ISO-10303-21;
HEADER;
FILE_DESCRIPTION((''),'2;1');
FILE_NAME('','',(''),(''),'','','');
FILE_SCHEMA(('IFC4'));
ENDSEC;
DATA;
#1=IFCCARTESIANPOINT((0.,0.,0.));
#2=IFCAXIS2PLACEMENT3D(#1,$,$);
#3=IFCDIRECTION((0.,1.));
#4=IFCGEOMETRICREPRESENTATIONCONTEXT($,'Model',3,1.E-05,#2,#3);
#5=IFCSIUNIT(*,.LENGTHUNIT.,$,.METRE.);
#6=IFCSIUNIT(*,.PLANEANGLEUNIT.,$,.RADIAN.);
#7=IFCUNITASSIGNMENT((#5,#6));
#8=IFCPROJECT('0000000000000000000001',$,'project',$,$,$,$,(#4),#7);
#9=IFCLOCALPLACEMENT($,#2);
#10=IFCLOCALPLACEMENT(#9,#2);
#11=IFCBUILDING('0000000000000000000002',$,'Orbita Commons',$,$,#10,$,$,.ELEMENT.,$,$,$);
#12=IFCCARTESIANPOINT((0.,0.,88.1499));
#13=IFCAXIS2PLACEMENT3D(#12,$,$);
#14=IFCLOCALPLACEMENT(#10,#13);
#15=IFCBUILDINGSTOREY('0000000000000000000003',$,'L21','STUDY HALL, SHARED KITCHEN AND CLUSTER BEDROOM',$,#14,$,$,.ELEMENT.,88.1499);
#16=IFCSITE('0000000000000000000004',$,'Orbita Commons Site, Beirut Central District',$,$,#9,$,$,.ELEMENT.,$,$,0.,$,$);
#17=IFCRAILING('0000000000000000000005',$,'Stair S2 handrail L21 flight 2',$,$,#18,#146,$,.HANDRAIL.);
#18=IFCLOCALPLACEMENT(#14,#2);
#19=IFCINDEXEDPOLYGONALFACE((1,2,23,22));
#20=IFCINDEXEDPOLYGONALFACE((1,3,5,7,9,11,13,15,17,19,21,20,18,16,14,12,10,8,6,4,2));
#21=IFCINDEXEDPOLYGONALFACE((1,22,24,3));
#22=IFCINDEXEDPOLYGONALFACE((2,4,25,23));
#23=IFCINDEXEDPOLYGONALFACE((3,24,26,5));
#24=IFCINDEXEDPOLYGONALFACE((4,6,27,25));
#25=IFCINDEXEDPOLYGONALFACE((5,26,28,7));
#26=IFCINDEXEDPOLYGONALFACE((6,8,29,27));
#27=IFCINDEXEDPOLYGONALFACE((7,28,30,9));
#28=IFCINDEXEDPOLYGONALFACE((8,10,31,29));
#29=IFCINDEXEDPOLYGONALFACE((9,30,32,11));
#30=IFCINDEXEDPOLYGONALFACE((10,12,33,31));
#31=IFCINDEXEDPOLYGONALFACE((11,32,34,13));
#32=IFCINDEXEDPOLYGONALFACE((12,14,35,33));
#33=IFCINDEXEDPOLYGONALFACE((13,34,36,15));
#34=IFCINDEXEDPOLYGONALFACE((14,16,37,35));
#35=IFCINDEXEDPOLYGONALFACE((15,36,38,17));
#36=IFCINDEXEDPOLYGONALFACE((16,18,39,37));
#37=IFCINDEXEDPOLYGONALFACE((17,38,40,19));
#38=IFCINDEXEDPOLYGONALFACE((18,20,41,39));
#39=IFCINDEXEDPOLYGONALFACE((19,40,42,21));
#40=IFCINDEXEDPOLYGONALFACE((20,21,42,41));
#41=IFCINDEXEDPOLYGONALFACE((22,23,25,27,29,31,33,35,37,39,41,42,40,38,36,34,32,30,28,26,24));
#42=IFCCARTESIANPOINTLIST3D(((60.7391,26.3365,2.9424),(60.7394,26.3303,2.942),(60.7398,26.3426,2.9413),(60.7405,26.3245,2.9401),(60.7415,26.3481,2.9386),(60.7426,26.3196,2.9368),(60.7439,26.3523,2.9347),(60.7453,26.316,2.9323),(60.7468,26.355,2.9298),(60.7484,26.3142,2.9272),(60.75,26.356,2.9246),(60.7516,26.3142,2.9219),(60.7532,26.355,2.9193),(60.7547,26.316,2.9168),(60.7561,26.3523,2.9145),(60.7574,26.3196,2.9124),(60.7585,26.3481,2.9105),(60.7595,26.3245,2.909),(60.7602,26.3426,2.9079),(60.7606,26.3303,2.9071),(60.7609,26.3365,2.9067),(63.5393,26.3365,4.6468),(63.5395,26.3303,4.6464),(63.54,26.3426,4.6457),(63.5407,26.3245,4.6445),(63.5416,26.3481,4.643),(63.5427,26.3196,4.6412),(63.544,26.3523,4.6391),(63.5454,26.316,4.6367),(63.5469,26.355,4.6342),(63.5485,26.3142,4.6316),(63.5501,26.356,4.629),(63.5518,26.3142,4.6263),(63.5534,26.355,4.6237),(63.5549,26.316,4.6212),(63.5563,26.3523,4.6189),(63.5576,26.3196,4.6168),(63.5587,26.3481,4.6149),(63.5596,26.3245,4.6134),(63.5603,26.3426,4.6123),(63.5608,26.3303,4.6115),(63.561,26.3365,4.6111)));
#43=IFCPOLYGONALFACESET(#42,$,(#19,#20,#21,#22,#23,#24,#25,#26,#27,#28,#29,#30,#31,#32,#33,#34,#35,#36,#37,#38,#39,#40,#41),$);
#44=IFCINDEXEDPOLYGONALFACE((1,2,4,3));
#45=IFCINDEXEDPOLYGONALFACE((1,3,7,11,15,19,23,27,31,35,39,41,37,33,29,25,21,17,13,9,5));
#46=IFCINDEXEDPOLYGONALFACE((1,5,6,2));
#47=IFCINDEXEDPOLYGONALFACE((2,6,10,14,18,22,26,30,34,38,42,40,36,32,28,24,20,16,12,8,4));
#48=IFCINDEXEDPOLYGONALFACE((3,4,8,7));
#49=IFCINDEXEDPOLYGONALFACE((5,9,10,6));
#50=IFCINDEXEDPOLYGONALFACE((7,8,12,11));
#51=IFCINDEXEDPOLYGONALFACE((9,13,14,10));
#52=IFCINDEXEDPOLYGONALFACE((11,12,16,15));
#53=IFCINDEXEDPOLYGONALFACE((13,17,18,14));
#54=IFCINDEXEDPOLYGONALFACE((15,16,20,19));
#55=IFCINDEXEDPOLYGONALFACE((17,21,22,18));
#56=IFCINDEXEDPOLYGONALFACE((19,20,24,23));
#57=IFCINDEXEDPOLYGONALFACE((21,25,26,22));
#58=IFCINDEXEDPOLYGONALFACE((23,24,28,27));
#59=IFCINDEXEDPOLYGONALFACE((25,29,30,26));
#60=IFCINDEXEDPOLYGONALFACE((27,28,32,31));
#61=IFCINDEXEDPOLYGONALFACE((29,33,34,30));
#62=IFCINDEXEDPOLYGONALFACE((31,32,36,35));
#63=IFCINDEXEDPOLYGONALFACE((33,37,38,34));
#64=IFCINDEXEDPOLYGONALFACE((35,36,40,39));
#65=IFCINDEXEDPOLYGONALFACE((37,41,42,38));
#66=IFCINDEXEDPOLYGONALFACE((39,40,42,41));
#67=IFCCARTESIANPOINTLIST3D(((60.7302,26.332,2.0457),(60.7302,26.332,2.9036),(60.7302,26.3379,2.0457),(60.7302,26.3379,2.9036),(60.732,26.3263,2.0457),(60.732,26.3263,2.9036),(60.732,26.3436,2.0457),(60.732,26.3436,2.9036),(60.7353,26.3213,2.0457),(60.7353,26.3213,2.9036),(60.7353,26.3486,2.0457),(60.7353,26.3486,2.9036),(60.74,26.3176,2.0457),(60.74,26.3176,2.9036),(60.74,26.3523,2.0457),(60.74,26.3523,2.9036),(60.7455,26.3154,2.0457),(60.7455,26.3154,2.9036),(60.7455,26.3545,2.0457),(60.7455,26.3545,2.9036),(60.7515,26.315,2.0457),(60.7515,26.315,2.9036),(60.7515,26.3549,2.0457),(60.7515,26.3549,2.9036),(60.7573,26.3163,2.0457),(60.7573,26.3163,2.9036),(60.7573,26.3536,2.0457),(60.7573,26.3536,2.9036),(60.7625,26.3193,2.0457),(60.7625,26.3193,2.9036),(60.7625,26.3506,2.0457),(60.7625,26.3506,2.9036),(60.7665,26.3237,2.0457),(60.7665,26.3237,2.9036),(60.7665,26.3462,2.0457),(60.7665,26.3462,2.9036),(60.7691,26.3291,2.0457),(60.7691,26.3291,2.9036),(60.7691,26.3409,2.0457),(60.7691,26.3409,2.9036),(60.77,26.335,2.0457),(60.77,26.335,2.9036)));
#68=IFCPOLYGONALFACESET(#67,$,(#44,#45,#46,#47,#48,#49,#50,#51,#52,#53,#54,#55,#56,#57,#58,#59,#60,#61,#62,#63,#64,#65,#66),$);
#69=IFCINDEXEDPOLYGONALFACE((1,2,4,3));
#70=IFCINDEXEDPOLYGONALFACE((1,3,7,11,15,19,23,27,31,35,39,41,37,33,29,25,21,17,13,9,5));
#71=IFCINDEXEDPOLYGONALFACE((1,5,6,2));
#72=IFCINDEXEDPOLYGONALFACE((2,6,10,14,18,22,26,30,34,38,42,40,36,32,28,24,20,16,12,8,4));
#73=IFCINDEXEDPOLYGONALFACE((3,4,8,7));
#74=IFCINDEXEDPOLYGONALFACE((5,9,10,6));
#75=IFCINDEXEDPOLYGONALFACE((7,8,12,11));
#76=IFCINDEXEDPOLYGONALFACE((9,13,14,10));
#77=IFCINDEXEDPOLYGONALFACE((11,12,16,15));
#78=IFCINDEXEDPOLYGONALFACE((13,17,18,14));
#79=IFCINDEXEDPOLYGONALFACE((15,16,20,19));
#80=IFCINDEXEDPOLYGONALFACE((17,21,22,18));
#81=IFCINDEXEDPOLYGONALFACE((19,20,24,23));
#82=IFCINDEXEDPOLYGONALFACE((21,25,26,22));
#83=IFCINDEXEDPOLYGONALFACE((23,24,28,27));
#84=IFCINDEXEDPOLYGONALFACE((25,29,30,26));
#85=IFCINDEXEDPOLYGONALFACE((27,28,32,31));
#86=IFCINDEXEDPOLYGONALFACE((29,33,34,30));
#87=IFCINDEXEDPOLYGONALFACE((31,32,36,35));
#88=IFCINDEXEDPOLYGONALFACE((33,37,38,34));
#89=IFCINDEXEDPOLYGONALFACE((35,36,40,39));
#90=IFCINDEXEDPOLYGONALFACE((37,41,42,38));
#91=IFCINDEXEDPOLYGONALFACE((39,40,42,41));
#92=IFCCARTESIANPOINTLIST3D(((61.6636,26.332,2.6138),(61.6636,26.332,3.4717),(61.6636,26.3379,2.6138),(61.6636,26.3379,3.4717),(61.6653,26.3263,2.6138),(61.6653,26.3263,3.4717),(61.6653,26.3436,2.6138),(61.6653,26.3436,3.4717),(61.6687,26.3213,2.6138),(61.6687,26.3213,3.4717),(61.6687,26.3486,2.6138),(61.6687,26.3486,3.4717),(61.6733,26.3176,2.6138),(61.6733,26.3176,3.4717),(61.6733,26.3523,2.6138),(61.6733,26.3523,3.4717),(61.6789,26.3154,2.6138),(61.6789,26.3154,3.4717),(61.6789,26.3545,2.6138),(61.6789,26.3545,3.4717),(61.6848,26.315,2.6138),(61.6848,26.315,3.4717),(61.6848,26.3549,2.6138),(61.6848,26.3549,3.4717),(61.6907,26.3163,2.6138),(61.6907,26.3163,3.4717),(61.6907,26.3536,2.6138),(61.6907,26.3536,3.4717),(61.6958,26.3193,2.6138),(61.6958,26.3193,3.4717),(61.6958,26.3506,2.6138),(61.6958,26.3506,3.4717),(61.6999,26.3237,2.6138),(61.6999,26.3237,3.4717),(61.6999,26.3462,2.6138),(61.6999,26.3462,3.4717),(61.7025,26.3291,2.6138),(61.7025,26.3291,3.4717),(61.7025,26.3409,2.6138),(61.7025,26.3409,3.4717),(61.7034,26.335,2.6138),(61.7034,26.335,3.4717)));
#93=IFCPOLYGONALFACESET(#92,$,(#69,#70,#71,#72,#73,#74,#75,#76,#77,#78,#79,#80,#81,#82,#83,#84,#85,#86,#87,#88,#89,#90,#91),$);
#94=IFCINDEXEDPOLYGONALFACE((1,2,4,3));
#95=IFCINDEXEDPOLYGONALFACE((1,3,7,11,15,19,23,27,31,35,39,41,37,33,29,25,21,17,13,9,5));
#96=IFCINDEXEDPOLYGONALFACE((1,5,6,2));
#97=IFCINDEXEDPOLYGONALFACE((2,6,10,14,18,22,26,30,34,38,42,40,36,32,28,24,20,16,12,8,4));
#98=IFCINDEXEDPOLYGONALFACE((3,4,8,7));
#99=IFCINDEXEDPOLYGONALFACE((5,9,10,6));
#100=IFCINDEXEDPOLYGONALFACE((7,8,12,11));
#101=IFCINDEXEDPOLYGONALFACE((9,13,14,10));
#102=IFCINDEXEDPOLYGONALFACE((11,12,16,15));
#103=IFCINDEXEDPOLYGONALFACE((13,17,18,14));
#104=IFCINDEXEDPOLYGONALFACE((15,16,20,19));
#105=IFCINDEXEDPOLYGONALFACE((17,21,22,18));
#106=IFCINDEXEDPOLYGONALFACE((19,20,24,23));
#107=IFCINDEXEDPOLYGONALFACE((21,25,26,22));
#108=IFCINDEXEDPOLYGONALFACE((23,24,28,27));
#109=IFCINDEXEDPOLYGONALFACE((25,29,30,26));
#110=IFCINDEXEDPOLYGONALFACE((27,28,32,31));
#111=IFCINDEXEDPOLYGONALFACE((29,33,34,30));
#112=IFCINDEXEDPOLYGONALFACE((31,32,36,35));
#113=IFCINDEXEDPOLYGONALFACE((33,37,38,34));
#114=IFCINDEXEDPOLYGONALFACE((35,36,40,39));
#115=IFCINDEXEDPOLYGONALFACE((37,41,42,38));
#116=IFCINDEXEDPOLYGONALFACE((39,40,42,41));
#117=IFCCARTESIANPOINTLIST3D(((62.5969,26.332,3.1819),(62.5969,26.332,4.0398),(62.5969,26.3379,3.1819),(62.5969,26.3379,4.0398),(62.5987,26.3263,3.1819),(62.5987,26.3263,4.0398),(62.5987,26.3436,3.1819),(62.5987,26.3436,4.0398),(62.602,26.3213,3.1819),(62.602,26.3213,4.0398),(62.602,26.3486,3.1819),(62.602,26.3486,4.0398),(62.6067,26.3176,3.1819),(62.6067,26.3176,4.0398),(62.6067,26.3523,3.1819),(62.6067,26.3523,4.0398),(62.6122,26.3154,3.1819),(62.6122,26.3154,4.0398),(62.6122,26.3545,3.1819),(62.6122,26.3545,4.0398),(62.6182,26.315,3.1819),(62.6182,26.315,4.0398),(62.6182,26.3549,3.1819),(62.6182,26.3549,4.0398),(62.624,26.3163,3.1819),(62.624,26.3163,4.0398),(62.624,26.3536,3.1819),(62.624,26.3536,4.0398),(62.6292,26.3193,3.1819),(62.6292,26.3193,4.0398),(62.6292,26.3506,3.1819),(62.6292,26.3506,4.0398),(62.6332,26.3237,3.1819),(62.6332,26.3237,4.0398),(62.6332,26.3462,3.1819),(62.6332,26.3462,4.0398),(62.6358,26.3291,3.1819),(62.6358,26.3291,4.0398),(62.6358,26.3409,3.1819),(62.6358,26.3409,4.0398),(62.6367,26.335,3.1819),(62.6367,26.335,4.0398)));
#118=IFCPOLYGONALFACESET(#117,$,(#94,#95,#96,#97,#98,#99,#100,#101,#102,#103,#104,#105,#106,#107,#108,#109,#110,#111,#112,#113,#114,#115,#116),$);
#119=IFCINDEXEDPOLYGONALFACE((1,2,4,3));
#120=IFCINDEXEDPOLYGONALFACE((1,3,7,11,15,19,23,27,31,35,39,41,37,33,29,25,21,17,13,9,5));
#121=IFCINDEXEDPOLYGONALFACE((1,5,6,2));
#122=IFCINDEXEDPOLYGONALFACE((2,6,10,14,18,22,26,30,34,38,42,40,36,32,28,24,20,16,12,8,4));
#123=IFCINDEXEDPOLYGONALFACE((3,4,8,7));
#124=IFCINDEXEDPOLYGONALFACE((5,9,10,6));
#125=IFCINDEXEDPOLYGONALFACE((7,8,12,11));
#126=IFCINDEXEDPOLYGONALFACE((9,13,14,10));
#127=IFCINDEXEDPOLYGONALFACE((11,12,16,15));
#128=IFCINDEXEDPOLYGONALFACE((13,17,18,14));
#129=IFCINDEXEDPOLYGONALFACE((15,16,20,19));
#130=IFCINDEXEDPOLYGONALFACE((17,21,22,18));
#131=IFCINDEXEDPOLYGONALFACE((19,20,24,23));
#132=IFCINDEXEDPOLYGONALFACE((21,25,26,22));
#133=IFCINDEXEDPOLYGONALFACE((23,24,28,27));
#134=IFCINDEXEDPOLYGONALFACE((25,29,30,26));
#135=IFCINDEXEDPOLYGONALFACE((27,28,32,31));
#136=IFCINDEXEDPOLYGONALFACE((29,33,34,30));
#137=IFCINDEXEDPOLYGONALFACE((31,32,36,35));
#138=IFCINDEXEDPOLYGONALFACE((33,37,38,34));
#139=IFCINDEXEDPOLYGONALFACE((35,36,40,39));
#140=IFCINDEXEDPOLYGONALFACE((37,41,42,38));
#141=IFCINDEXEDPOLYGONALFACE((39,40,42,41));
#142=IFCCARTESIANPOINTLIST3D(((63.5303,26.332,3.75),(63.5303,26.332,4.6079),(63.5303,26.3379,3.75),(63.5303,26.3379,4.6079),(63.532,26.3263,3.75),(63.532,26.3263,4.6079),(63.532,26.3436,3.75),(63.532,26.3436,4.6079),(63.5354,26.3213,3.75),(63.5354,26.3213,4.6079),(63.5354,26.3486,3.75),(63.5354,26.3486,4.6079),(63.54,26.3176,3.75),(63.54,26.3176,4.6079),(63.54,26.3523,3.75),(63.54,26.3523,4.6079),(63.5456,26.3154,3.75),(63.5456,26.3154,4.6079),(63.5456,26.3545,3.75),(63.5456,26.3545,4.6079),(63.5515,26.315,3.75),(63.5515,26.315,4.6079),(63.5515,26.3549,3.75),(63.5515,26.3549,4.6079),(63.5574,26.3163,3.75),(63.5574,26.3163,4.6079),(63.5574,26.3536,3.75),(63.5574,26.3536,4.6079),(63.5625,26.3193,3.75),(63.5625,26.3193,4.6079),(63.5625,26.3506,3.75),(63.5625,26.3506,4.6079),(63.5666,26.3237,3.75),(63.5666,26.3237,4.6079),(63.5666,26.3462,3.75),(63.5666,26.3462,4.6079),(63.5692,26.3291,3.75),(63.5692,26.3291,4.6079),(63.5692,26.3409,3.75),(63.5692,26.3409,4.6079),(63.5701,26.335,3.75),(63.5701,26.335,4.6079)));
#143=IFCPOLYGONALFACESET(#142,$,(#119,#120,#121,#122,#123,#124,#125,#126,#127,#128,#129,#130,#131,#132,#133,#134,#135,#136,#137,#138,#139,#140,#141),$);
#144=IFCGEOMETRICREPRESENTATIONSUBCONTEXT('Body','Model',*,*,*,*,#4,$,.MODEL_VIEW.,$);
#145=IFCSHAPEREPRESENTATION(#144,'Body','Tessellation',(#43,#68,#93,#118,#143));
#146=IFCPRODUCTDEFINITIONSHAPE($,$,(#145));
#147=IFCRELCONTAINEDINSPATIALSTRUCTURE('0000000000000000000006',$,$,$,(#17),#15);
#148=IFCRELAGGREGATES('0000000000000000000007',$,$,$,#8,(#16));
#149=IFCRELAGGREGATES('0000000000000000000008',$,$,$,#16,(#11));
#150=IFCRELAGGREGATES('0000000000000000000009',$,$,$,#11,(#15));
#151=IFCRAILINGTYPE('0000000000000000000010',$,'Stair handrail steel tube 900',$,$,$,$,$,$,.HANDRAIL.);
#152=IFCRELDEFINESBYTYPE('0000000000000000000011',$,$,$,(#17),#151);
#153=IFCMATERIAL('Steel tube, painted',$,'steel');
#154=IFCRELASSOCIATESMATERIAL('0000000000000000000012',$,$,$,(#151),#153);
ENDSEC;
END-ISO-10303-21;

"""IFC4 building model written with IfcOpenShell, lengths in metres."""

from ifc_helpers import new_model, si_unit, direction, frame, origin, origin_2d, place, context, subcontext, project, spatial, circle, extrude, material, type_object, element, save


model = new_model("IFC4")

# Units and contexts
model_context = context("Model", 3, precision=1e-05, world=origin(), true_north=direction((0.0, 1.0)))
body_context = subcontext(model_context, "Body", "Model", "MODEL_VIEW")
ifc_project = project(units=[si_unit("LENGTHUNIT", "METRE"), si_unit("PLANEANGLEUNIT", "RADIAN")], contexts=[model_context])

# Site, building, storey
site_placement = place(None, origin())
site = spatial("IfcSite", under=ifc_project, at=site_placement, Name="Orbita Commons Site, Beirut Central District", CompositionType="ELEMENT", RefElevation=0.0)
building_placement = place(site_placement, origin())
building = spatial("IfcBuilding", under=site, at=building_placement, Name="Orbita Commons", CompositionType="ELEMENT")
storey_placement = place(building_placement, frame((0.0, 0.0, 88.1499)))
storey = spatial("IfcBuildingStorey", under=building, at=storey_placement, Name="L21", Description="STUDY HALL, SHARED KITCHEN AND CLUSTER BEDROOM", CompositionType="ELEMENT", Elevation=88.1499)

# Railing
ifc_material_1 = material(Name="Steel tube, painted", Category="steel")
railing_type = type_object("IfcRailingType", Name="Stair handrail steel tube 900", PredefinedType="HANDRAIL", material=ifc_material_1)
railing_placement = place(storey_placement, frame((60.75, 26.335, 2.0457)))
element("IfcRailing", 1, at=railing_placement, inside=storey, type_object=railing_type, Name="Stair S2 handrail L21 flight 2", PredefinedType="HANDRAIL", context=body_context, shape_type="SweptSolid", body=[
    extrude(circle(Radius=0.021, at=origin_2d()), frame((0.0, 0.0, 0.8789), z_axis=(0.854203, 0.0, 0.51994), x_axis=(0.0, 1.0, 0.0)), (0.0, 0.0, 1.0), 3.2781),
    extrude(circle(Radius=0.02, at=origin_2d()), origin(), (0.0, 0.0, 1.0), 0.8579),
    extrude(circle(Radius=0.02, at=origin_2d()), frame((0.9333, 0.0, 0.5681)), (0.0, 0.0, 1.0), 0.8579),
    extrude(circle(Radius=0.02, at=origin_2d()), frame((1.8667, 0.0, 1.1362)), (0.0, 0.0, 1.0), 0.8579),
    extrude(circle(Radius=0.02, at=origin_2d()), frame((2.8, 0.0, 1.7043)), (0.0, 0.0, 1.0), 0.8579),
])

save(model, "model.ifc")
